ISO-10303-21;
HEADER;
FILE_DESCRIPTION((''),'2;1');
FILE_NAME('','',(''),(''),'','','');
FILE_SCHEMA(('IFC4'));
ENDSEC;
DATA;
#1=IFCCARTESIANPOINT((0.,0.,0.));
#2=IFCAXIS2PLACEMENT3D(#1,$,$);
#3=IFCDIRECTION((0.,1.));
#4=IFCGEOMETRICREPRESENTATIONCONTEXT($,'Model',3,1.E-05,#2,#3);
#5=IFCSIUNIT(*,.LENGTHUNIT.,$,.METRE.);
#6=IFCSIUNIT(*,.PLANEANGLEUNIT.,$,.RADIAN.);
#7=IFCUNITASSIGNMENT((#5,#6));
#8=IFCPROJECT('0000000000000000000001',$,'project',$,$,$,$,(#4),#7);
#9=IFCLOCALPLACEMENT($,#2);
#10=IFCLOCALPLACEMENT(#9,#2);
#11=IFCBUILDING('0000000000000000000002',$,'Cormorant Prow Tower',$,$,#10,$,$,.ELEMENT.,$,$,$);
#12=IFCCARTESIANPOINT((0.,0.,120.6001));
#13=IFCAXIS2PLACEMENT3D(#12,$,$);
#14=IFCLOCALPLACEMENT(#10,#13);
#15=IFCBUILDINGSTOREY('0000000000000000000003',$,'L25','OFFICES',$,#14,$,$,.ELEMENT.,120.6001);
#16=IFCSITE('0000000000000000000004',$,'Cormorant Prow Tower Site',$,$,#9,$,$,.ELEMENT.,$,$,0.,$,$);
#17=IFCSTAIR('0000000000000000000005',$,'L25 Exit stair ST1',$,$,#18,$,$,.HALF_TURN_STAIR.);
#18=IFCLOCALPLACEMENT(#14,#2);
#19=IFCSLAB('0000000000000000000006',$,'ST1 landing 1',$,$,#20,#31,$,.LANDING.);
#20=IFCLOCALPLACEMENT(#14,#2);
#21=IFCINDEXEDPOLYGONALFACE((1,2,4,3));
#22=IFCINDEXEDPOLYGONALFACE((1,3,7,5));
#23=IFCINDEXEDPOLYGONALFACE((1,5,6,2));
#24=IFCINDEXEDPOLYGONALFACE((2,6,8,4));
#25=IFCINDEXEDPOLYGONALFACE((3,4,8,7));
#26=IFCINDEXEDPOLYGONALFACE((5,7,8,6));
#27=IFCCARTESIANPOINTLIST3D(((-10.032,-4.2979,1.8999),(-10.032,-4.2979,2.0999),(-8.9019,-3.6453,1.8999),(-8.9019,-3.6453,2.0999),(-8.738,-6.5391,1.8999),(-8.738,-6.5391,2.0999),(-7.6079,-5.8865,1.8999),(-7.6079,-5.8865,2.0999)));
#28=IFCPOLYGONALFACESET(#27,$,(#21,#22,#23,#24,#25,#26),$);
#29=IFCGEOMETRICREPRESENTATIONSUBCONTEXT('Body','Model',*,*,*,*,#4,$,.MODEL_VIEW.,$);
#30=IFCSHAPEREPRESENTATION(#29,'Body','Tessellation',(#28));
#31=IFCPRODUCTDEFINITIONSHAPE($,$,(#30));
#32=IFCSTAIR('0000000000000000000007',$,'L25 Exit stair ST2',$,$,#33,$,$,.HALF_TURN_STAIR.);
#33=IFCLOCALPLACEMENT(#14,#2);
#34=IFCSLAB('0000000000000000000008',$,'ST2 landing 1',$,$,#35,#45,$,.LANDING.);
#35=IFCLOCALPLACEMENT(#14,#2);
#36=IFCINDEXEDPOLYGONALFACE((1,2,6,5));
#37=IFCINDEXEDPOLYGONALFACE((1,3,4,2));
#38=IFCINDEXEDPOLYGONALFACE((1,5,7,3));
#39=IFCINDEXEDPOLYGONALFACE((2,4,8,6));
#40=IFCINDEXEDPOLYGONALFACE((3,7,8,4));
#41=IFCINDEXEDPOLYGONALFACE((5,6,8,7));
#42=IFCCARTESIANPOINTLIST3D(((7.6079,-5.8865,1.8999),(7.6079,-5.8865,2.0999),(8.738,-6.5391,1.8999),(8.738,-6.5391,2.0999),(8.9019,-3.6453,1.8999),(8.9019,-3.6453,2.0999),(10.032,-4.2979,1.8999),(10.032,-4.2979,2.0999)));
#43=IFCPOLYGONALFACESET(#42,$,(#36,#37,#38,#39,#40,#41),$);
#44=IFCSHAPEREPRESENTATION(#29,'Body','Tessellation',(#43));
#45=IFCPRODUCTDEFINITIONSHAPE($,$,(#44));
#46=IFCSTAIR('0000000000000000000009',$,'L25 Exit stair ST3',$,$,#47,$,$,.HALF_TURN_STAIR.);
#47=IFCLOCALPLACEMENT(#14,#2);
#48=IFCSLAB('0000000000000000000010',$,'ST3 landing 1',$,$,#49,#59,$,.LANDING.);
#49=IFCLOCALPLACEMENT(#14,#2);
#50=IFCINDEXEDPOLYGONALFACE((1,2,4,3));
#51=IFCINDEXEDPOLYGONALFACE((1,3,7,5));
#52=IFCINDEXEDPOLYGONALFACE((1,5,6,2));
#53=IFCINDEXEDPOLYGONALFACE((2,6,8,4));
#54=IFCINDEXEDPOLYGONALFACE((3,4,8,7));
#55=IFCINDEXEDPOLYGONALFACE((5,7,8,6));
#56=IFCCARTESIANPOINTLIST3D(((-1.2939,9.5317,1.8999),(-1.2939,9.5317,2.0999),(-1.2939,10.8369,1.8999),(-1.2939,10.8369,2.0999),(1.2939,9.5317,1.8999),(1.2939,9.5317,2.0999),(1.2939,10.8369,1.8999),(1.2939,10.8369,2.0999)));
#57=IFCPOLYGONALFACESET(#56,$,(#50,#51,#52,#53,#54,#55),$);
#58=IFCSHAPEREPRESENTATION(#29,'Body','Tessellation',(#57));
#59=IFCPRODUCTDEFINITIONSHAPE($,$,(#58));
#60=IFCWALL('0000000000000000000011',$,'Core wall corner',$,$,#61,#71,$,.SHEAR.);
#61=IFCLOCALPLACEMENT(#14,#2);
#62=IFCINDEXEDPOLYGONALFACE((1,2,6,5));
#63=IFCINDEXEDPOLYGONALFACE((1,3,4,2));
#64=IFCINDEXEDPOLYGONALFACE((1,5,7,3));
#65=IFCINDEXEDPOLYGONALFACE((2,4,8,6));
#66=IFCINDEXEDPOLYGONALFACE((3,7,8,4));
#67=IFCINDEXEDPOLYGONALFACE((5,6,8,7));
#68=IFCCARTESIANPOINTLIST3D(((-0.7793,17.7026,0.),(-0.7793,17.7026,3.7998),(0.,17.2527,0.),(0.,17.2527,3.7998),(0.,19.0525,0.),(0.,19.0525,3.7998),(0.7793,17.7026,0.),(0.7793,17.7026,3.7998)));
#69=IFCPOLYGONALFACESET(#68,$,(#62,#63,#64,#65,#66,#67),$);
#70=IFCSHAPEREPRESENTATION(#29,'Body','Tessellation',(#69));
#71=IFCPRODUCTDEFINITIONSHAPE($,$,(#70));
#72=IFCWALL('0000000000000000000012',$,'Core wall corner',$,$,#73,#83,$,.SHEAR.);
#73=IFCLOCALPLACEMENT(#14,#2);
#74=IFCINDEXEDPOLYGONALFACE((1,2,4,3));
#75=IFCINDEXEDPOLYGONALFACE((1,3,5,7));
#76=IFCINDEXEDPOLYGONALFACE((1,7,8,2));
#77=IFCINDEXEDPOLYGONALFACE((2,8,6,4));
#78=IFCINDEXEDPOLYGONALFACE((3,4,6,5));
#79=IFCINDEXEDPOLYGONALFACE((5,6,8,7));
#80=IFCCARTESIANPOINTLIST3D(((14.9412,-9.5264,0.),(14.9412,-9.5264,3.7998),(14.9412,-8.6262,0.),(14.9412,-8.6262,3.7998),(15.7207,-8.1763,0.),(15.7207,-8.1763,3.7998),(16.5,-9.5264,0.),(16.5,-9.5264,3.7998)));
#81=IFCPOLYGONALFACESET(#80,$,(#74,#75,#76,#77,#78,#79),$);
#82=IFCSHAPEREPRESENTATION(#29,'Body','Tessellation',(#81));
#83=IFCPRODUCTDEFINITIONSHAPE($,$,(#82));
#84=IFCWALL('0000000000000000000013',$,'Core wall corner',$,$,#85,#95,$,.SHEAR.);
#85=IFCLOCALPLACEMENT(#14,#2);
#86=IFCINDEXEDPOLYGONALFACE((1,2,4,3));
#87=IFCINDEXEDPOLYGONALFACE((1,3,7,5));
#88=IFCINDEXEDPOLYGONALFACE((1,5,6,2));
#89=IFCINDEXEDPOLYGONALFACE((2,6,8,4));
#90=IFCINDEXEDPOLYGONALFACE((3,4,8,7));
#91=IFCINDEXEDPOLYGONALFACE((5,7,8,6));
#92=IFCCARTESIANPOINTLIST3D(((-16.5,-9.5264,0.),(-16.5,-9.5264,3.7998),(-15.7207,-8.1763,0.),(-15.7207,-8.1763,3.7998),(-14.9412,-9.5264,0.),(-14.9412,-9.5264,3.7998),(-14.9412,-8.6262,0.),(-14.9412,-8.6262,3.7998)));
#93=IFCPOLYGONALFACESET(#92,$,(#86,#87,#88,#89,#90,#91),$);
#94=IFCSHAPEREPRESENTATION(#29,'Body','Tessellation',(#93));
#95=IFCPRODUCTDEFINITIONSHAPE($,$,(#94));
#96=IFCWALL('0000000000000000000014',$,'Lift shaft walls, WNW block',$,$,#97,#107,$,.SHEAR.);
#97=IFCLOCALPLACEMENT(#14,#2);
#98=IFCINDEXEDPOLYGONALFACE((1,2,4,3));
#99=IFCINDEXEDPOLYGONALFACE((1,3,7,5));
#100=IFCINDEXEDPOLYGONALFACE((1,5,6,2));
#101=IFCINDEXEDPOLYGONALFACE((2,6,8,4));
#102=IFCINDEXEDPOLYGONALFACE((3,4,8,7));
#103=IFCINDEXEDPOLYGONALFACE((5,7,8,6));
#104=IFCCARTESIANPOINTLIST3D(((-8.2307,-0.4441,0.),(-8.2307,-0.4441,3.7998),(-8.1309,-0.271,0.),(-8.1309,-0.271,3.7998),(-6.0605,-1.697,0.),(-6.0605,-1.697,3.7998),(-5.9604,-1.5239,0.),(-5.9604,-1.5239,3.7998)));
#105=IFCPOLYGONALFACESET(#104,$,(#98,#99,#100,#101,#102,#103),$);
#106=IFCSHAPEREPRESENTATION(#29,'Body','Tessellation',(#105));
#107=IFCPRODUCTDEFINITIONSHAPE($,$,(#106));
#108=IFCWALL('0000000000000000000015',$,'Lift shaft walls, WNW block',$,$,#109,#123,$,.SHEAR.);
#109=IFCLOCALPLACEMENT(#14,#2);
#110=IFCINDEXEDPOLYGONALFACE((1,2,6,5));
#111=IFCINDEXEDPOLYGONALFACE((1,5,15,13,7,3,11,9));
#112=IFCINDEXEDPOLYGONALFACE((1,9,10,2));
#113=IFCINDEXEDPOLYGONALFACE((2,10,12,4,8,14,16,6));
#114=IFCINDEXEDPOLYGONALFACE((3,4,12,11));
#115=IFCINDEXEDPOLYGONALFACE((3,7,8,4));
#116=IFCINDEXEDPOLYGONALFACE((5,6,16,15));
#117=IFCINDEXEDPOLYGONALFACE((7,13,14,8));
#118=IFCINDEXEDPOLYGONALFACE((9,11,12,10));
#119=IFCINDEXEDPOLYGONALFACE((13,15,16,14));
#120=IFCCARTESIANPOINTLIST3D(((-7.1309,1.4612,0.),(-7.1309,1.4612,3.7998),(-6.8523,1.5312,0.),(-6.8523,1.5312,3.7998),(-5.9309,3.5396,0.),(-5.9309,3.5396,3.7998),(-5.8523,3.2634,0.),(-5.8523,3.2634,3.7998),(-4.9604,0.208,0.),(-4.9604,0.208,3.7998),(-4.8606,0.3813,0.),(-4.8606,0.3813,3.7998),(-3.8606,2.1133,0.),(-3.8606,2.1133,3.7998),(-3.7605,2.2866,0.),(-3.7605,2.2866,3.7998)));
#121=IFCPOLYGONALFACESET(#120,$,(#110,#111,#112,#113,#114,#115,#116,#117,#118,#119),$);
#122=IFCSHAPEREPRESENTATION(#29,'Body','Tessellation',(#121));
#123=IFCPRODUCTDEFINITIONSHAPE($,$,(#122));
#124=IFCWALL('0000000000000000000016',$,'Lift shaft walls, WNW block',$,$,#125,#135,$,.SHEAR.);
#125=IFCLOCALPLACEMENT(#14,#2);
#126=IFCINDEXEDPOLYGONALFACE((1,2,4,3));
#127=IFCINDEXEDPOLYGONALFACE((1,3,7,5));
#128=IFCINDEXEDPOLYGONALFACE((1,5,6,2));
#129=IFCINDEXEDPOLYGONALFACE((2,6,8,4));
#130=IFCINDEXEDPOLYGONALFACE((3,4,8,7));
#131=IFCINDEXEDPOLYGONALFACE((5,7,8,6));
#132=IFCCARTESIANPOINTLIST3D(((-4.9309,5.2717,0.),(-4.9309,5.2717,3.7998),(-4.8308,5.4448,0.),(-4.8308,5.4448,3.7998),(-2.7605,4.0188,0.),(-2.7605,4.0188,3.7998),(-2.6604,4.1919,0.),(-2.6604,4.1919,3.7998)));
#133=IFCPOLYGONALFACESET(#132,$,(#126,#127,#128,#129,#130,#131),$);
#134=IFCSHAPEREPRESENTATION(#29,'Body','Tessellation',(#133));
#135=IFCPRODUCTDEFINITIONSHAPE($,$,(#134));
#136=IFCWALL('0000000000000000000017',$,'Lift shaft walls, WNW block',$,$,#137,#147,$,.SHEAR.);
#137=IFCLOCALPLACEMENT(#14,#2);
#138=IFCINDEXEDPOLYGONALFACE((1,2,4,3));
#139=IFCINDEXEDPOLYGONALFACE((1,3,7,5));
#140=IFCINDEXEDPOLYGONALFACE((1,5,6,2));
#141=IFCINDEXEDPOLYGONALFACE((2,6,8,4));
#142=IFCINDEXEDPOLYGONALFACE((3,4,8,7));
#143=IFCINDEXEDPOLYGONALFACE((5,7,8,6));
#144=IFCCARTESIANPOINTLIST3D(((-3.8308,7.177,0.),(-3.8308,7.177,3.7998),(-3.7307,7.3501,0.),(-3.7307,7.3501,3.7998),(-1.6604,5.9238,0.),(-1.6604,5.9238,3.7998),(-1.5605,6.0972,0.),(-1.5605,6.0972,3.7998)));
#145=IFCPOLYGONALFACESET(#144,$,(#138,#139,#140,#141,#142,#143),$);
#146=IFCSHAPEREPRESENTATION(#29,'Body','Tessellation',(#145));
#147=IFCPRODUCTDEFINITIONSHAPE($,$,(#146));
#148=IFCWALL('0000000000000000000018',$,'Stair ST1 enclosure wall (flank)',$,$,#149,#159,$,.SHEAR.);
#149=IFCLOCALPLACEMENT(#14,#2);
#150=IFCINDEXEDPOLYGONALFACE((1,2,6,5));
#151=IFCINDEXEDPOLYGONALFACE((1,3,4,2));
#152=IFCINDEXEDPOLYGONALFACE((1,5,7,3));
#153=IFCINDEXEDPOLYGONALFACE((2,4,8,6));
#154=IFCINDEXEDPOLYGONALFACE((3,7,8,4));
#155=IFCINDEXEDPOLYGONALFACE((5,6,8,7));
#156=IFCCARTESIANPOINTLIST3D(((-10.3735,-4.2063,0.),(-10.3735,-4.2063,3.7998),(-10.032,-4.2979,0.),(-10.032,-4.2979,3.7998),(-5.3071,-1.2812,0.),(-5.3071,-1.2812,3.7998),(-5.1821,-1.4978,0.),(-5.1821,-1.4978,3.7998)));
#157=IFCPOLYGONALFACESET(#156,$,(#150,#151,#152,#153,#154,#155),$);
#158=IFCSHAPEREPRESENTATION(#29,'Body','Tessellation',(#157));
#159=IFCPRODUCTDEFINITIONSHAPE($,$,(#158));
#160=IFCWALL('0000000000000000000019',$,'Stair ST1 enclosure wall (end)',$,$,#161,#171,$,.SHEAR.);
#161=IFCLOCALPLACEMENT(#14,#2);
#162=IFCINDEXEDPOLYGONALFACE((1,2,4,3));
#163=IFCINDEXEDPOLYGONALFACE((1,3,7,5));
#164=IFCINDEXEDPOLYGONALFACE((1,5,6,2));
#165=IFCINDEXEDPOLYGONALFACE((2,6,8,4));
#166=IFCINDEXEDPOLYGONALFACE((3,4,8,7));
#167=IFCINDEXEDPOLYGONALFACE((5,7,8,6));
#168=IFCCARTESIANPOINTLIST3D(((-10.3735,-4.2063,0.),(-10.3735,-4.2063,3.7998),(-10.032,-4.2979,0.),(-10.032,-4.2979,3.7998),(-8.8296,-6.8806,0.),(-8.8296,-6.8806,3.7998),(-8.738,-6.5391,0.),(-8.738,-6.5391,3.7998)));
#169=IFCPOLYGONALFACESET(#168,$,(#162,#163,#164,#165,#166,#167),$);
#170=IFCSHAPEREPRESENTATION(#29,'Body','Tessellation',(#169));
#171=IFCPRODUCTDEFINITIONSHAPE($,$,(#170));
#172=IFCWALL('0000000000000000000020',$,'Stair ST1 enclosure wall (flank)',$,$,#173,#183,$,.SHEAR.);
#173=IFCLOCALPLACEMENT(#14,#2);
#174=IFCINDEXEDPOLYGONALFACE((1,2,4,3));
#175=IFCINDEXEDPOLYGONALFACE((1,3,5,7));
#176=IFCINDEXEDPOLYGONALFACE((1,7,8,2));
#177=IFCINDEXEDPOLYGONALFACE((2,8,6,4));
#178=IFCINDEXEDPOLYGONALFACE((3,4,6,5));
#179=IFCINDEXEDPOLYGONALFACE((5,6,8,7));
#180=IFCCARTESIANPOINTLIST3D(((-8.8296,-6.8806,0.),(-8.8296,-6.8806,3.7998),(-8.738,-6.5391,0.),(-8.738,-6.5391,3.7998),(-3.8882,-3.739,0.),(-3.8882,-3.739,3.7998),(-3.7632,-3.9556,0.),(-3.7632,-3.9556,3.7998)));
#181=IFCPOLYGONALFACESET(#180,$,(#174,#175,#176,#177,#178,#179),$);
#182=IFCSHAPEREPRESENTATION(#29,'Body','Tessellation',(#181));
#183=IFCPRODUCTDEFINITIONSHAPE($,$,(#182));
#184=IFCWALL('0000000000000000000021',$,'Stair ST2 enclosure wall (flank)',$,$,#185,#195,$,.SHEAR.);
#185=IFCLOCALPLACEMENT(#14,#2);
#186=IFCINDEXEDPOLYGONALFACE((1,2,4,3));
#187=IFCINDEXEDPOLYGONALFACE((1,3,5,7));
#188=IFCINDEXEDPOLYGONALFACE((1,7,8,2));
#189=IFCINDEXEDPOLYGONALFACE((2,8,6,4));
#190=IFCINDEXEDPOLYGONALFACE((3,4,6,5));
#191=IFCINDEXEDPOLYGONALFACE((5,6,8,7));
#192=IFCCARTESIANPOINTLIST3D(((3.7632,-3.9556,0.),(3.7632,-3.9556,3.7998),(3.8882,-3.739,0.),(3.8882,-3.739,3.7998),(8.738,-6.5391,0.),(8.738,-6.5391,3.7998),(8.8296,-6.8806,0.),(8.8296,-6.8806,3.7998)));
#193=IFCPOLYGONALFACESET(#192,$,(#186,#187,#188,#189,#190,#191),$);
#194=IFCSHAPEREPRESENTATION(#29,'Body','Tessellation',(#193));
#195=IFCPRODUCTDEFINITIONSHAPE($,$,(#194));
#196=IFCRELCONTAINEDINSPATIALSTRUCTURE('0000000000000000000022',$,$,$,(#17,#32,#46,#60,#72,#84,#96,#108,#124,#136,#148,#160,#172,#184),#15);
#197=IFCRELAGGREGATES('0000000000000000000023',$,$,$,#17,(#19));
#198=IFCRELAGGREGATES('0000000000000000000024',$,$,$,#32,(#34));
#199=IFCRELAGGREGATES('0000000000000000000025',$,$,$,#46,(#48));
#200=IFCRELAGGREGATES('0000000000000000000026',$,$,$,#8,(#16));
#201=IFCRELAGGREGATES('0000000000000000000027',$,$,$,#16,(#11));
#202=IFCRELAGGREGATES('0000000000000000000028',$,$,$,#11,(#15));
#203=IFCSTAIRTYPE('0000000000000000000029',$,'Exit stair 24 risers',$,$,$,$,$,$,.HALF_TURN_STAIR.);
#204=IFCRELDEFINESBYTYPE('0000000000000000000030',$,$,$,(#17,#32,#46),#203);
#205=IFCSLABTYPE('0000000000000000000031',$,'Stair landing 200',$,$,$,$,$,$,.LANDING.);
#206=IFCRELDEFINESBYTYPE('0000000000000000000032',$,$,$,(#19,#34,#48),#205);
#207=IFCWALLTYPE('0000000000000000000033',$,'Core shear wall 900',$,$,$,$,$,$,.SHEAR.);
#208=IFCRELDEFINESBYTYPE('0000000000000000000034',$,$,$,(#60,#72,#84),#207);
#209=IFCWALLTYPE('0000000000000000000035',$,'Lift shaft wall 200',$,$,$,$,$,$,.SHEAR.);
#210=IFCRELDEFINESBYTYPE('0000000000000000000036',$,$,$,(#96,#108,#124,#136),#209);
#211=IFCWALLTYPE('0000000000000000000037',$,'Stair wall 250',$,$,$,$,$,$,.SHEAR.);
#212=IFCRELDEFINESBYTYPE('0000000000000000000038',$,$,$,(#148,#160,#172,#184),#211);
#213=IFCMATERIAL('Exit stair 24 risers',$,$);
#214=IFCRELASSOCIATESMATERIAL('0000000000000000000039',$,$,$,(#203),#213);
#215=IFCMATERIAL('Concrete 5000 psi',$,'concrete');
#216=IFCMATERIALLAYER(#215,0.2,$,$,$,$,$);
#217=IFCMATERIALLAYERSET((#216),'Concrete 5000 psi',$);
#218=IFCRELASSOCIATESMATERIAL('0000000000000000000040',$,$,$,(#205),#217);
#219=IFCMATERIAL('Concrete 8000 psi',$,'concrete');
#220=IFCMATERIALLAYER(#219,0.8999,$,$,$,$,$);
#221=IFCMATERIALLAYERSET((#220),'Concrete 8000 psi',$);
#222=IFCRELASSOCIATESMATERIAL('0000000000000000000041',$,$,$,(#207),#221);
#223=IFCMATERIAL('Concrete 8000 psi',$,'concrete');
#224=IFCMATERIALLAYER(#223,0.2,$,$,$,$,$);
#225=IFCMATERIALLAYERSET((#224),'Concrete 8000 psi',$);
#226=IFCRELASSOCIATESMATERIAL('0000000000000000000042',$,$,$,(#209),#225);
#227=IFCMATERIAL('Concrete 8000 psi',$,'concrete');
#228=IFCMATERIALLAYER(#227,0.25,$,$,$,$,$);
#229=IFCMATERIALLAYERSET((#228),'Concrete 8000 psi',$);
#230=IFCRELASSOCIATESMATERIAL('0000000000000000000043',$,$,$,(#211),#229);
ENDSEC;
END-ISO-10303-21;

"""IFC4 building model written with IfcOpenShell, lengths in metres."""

from ifc_helpers import new_model, si_unit, direction, frame, origin, place, context, subcontext, project, spatial, polyline, outline, extrude, material, layer, layer_set, type_object, element, aggregate, save


model = new_model("IFC4")

# Units and contexts
model_context = context("Model", 3, precision=1e-05, world=origin(), true_north=direction((0.0, 1.0)))
body_context = subcontext(model_context, "Body", "Model", "MODEL_VIEW")
ifc_project = project(units=[si_unit("LENGTHUNIT", "METRE"), si_unit("PLANEANGLEUNIT", "RADIAN")], contexts=[model_context])

# Site, building, storey
site_placement = place(None, origin())
site = spatial("IfcSite", under=ifc_project, at=site_placement, Name="Cormorant Prow Tower Site", CompositionType="ELEMENT", RefElevation=0.0)
building_placement = place(site_placement, origin())
building = spatial("IfcBuilding", under=site, at=building_placement, Name="Cormorant Prow Tower", CompositionType="ELEMENT")
storey_placement = place(building_placement, frame((0.0, 0.0, 120.6001)))
storey = spatial("IfcBuildingStorey", under=building, at=storey_placement, Name="L25", Description="OFFICES", CompositionType="ELEMENT", Elevation=120.6001)

# Stairs, slabs
ifc_material_1 = material(Name="Exit stair 24 risers")
stair_type = type_object("IfcStairType", Name="Exit stair 24 risers", PredefinedType="HALF_TURN_STAIR", material=ifc_material_1)
stair_1_placement = place(storey_placement, origin())
stair_1 = element("IfcStair", 1, at=stair_1_placement, inside=storey, type_object=stair_type, Name="L25 Exit stair ST1", PredefinedType="HALF_TURN_STAIR")
ifc_material_2 = material(Name="Concrete 5000 psi", Category="concrete")
ifc_layer_1 = layer(ifc_material_2, 0.2)
ifc_layer_set_1 = layer_set([ifc_layer_1], Name="Concrete 5000 psi")
slab_type = type_object("IfcSlabType", Name="Stair landing 200", PredefinedType="LANDING", material=ifc_layer_set_1)
slab_1_placement = place(storey_placement, frame((0.0, 0.0, 1.8999)))
slab_1 = element("IfcSlab", 2, at=slab_1_placement, type_object=slab_type, Name="ST1 landing 1", PredefinedType="LANDING", context=body_context, shape_type="SweptSolid", body=[
    extrude(outline(polyline([(-8.9019, -3.6453), (-10.032, -4.2979), (-8.738, -6.5391), (-7.6079, -5.8865), (-8.9019, -3.6453)])), origin(), (0.0, 0.0, 1.0), 0.2),
])
aggregate(stair_1, [slab_1])
stair_2_placement = place(storey_placement, origin())
stair_2 = element("IfcStair", 3, at=stair_2_placement, inside=storey, type_object=stair_type, Name="L25 Exit stair ST2", PredefinedType="HALF_TURN_STAIR")
slab_2_placement = place(storey_placement, frame((0.0, 0.0, 1.8999)))
slab_2 = element("IfcSlab", 4, at=slab_2_placement, type_object=slab_type, Name="ST2 landing 1", PredefinedType="LANDING", context=body_context, shape_type="SweptSolid", body=[
    extrude(outline(polyline([(7.6079, -5.8865), (8.738, -6.5391), (10.032, -4.2979), (8.9019, -3.6453), (7.6079, -5.8865)])), origin(), (0.0, 0.0, 1.0), 0.2),
])
aggregate(stair_2, [slab_2])
stair_3_placement = place(storey_placement, origin())
stair_3 = element("IfcStair", 5, at=stair_3_placement, inside=storey, type_object=stair_type, Name="L25 Exit stair ST3", PredefinedType="HALF_TURN_STAIR")
slab_3_placement = place(storey_placement, frame((0.0, 0.0, 1.8999)))
slab_3 = element("IfcSlab", 6, at=slab_3_placement, type_object=slab_type, Name="ST3 landing 1", PredefinedType="LANDING", context=body_context, shape_type="SweptSolid", body=[
    extrude(outline(polyline([(1.2939, 9.5317), (1.2939, 10.8369), (-1.2939, 10.8369), (-1.2939, 9.5317), (1.2939, 9.5317)])), origin(), (0.0, 0.0, 1.0), 0.2),
])
aggregate(stair_3, [slab_3])

# Walls
ifc_material_3 = material(Name="Concrete 8000 psi", Category="concrete")
ifc_layer_2 = layer(ifc_material_3, 0.8999)
ifc_layer_set_2 = layer_set([ifc_layer_2], Name="Concrete 8000 psi")
wall_type_1 = type_object("IfcWallType", Name="Core shear wall 900", PredefinedType="SHEAR", material=ifc_layer_set_2)
wall_1_placement = place(storey_placement, origin())
element("IfcWall", 7, at=wall_1_placement, inside=storey, type_object=wall_type_1, Name="Core wall corner", PredefinedType="SHEAR", context=body_context, shape_type="SweptSolid", body=[
    extrude(outline(polyline([(-0.7793, 17.7026), (0.0, 19.0525), (0.7793, 17.7026), (0.0, 17.2527), (-0.7793, 17.7026)])), origin(), (0.0, 0.0, 1.0), 3.7998),
])
wall_2_placement = place(storey_placement, origin())
element("IfcWall", 8, at=wall_2_placement, inside=storey, type_object=wall_type_1, Name="Core wall corner", PredefinedType="SHEAR", context=body_context, shape_type="SweptSolid", body=[
    extrude(outline(polyline([(14.9412, -8.6262), (15.7207, -8.1763), (16.5, -9.5264), (14.9412, -9.5264), (14.9412, -8.6262)])), origin(), (0.0, 0.0, 1.0), 3.7998),
])
wall_3_placement = place(storey_placement, origin())
element("IfcWall", 9, at=wall_3_placement, inside=storey, type_object=wall_type_1, Name="Core wall corner", PredefinedType="SHEAR", context=body_context, shape_type="SweptSolid", body=[
    extrude(outline(polyline([(-14.9412, -8.6262), (-14.9412, -9.5264), (-16.5, -9.5264), (-15.7207, -8.1763), (-14.9412, -8.6262)])), origin(), (0.0, 0.0, 1.0), 3.7998),
])
ifc_material_4 = material(Name="Concrete 8000 psi", Category="concrete")
ifc_layer_3 = layer(ifc_material_4, 0.2)
ifc_layer_set_3 = layer_set([ifc_layer_3], Name="Concrete 8000 psi")
wall_type_2 = type_object("IfcWallType", Name="Lift shaft wall 200", PredefinedType="SHEAR", material=ifc_layer_set_3)
wall_4_placement = place(storey_placement, origin())
element("IfcWall", 10, at=wall_4_placement, inside=storey, type_object=wall_type_2, Name="Lift shaft walls, WNW block", PredefinedType="SHEAR", context=body_context, shape_type="SweptSolid", body=[
    extrude(outline(polyline([(-6.0605, -1.697), (-8.2307, -0.4441), (-8.1309, -0.271), (-5.9604, -1.5239), (-6.0605, -1.697)])), origin(), (0.0, 0.0, 1.0), 3.7998),
])
wall_5_placement = place(storey_placement, origin())
element("IfcWall", 11, at=wall_5_placement, inside=storey, type_object=wall_type_2, Name="Lift shaft walls, WNW block", PredefinedType="SHEAR", context=body_context, shape_type="SweptSolid", body=[
    extrude(outline(polyline([(-4.9604, 0.208), (-7.1309, 1.4612), (-5.9309, 3.5396), (-3.7605, 2.2866), (-3.8606, 2.1133), (-5.8523, 3.2634), (-6.8523, 1.5312), (-4.8606, 0.3813), (-4.9604, 0.208)])), origin(), (0.0, 0.0, 1.0), 3.7998),
])
wall_6_placement = place(storey_placement, origin())
element("IfcWall", 12, at=wall_6_placement, inside=storey, type_object=wall_type_2, Name="Lift shaft walls, WNW block", PredefinedType="SHEAR", context=body_context, shape_type="SweptSolid", body=[
    extrude(outline(polyline([(-2.7605, 4.0188), (-4.9309, 5.2717), (-4.8308, 5.4448), (-2.6604, 4.1919), (-2.7605, 4.0188)])), origin(), (0.0, 0.0, 1.0), 3.7998),
])
wall_7_placement = place(storey_placement, origin())
element("IfcWall", 13, at=wall_7_placement, inside=storey, type_object=wall_type_2, Name="Lift shaft walls, WNW block", PredefinedType="SHEAR", context=body_context, shape_type="SweptSolid", body=[
    extrude(outline(polyline([(-3.7307, 7.3501), (-1.5605, 6.0972), (-1.6604, 5.9238), (-3.8308, 7.177), (-3.7307, 7.3501)])), origin(), (0.0, 0.0, 1.0), 3.7998),
])
ifc_material_5 = material(Name="Concrete 8000 psi", Category="concrete")
ifc_layer_4 = layer(ifc_material_5, 0.25)
ifc_layer_set_4 = layer_set([ifc_layer_4], Name="Concrete 8000 psi")
wall_type_3 = type_object("IfcWallType", Name="Stair wall 250", PredefinedType="SHEAR", material=ifc_layer_set_4)
wall_8_placement = place(storey_placement, origin())
element("IfcWall", 14, at=wall_8_placement, inside=storey, type_object=wall_type_3, Name="Stair ST1 enclosure wall (flank)", PredefinedType="SHEAR", context=body_context, shape_type="SweptSolid", body=[
    extrude(outline(polyline([(-5.3071, -1.2812), (-10.3735, -4.2063), (-10.032, -4.2979), (-5.1821, -1.4978), (-5.3071, -1.2812)])), origin(), (0.0, 0.0, 1.0), 3.7998),
])
wall_9_placement = place(storey_placement, origin())
element("IfcWall", 15, at=wall_9_placement, inside=storey, type_object=wall_type_3, Name="Stair ST1 enclosure wall (end)", PredefinedType="SHEAR", context=body_context, shape_type="SweptSolid", body=[
    extrude(outline(polyline([(-10.3735, -4.2063), (-8.8296, -6.8806), (-8.738, -6.5391), (-10.032, -4.2979), (-10.3735, -4.2063)])), origin(), (0.0, 0.0, 1.0), 3.7998),
])
wall_10_placement = place(storey_placement, origin())
element("IfcWall", 16, at=wall_10_placement, inside=storey, type_object=wall_type_3, Name="Stair ST1 enclosure wall (flank)", PredefinedType="SHEAR", context=body_context, shape_type="SweptSolid", body=[
    extrude(outline(polyline([(-8.738, -6.5391), (-8.8296, -6.8806), (-3.7632, -3.9556), (-3.8882, -3.739), (-8.738, -6.5391)])), origin(), (0.0, 0.0, 1.0), 3.7998),
])
wall_11_placement = place(storey_placement, origin())
element("IfcWall", 17, at=wall_11_placement, inside=storey, type_object=wall_type_3, Name="Stair ST2 enclosure wall (flank)", PredefinedType="SHEAR", context=body_context, shape_type="SweptSolid", body=[
    extrude(outline(polyline([(3.7632, -3.9556), (8.8296, -6.8806), (8.738, -6.5391), (3.8882, -3.739), (3.7632, -3.9556)])), origin(), (0.0, 0.0, 1.0), 3.7998),
])

save(model, "model.ifc")
